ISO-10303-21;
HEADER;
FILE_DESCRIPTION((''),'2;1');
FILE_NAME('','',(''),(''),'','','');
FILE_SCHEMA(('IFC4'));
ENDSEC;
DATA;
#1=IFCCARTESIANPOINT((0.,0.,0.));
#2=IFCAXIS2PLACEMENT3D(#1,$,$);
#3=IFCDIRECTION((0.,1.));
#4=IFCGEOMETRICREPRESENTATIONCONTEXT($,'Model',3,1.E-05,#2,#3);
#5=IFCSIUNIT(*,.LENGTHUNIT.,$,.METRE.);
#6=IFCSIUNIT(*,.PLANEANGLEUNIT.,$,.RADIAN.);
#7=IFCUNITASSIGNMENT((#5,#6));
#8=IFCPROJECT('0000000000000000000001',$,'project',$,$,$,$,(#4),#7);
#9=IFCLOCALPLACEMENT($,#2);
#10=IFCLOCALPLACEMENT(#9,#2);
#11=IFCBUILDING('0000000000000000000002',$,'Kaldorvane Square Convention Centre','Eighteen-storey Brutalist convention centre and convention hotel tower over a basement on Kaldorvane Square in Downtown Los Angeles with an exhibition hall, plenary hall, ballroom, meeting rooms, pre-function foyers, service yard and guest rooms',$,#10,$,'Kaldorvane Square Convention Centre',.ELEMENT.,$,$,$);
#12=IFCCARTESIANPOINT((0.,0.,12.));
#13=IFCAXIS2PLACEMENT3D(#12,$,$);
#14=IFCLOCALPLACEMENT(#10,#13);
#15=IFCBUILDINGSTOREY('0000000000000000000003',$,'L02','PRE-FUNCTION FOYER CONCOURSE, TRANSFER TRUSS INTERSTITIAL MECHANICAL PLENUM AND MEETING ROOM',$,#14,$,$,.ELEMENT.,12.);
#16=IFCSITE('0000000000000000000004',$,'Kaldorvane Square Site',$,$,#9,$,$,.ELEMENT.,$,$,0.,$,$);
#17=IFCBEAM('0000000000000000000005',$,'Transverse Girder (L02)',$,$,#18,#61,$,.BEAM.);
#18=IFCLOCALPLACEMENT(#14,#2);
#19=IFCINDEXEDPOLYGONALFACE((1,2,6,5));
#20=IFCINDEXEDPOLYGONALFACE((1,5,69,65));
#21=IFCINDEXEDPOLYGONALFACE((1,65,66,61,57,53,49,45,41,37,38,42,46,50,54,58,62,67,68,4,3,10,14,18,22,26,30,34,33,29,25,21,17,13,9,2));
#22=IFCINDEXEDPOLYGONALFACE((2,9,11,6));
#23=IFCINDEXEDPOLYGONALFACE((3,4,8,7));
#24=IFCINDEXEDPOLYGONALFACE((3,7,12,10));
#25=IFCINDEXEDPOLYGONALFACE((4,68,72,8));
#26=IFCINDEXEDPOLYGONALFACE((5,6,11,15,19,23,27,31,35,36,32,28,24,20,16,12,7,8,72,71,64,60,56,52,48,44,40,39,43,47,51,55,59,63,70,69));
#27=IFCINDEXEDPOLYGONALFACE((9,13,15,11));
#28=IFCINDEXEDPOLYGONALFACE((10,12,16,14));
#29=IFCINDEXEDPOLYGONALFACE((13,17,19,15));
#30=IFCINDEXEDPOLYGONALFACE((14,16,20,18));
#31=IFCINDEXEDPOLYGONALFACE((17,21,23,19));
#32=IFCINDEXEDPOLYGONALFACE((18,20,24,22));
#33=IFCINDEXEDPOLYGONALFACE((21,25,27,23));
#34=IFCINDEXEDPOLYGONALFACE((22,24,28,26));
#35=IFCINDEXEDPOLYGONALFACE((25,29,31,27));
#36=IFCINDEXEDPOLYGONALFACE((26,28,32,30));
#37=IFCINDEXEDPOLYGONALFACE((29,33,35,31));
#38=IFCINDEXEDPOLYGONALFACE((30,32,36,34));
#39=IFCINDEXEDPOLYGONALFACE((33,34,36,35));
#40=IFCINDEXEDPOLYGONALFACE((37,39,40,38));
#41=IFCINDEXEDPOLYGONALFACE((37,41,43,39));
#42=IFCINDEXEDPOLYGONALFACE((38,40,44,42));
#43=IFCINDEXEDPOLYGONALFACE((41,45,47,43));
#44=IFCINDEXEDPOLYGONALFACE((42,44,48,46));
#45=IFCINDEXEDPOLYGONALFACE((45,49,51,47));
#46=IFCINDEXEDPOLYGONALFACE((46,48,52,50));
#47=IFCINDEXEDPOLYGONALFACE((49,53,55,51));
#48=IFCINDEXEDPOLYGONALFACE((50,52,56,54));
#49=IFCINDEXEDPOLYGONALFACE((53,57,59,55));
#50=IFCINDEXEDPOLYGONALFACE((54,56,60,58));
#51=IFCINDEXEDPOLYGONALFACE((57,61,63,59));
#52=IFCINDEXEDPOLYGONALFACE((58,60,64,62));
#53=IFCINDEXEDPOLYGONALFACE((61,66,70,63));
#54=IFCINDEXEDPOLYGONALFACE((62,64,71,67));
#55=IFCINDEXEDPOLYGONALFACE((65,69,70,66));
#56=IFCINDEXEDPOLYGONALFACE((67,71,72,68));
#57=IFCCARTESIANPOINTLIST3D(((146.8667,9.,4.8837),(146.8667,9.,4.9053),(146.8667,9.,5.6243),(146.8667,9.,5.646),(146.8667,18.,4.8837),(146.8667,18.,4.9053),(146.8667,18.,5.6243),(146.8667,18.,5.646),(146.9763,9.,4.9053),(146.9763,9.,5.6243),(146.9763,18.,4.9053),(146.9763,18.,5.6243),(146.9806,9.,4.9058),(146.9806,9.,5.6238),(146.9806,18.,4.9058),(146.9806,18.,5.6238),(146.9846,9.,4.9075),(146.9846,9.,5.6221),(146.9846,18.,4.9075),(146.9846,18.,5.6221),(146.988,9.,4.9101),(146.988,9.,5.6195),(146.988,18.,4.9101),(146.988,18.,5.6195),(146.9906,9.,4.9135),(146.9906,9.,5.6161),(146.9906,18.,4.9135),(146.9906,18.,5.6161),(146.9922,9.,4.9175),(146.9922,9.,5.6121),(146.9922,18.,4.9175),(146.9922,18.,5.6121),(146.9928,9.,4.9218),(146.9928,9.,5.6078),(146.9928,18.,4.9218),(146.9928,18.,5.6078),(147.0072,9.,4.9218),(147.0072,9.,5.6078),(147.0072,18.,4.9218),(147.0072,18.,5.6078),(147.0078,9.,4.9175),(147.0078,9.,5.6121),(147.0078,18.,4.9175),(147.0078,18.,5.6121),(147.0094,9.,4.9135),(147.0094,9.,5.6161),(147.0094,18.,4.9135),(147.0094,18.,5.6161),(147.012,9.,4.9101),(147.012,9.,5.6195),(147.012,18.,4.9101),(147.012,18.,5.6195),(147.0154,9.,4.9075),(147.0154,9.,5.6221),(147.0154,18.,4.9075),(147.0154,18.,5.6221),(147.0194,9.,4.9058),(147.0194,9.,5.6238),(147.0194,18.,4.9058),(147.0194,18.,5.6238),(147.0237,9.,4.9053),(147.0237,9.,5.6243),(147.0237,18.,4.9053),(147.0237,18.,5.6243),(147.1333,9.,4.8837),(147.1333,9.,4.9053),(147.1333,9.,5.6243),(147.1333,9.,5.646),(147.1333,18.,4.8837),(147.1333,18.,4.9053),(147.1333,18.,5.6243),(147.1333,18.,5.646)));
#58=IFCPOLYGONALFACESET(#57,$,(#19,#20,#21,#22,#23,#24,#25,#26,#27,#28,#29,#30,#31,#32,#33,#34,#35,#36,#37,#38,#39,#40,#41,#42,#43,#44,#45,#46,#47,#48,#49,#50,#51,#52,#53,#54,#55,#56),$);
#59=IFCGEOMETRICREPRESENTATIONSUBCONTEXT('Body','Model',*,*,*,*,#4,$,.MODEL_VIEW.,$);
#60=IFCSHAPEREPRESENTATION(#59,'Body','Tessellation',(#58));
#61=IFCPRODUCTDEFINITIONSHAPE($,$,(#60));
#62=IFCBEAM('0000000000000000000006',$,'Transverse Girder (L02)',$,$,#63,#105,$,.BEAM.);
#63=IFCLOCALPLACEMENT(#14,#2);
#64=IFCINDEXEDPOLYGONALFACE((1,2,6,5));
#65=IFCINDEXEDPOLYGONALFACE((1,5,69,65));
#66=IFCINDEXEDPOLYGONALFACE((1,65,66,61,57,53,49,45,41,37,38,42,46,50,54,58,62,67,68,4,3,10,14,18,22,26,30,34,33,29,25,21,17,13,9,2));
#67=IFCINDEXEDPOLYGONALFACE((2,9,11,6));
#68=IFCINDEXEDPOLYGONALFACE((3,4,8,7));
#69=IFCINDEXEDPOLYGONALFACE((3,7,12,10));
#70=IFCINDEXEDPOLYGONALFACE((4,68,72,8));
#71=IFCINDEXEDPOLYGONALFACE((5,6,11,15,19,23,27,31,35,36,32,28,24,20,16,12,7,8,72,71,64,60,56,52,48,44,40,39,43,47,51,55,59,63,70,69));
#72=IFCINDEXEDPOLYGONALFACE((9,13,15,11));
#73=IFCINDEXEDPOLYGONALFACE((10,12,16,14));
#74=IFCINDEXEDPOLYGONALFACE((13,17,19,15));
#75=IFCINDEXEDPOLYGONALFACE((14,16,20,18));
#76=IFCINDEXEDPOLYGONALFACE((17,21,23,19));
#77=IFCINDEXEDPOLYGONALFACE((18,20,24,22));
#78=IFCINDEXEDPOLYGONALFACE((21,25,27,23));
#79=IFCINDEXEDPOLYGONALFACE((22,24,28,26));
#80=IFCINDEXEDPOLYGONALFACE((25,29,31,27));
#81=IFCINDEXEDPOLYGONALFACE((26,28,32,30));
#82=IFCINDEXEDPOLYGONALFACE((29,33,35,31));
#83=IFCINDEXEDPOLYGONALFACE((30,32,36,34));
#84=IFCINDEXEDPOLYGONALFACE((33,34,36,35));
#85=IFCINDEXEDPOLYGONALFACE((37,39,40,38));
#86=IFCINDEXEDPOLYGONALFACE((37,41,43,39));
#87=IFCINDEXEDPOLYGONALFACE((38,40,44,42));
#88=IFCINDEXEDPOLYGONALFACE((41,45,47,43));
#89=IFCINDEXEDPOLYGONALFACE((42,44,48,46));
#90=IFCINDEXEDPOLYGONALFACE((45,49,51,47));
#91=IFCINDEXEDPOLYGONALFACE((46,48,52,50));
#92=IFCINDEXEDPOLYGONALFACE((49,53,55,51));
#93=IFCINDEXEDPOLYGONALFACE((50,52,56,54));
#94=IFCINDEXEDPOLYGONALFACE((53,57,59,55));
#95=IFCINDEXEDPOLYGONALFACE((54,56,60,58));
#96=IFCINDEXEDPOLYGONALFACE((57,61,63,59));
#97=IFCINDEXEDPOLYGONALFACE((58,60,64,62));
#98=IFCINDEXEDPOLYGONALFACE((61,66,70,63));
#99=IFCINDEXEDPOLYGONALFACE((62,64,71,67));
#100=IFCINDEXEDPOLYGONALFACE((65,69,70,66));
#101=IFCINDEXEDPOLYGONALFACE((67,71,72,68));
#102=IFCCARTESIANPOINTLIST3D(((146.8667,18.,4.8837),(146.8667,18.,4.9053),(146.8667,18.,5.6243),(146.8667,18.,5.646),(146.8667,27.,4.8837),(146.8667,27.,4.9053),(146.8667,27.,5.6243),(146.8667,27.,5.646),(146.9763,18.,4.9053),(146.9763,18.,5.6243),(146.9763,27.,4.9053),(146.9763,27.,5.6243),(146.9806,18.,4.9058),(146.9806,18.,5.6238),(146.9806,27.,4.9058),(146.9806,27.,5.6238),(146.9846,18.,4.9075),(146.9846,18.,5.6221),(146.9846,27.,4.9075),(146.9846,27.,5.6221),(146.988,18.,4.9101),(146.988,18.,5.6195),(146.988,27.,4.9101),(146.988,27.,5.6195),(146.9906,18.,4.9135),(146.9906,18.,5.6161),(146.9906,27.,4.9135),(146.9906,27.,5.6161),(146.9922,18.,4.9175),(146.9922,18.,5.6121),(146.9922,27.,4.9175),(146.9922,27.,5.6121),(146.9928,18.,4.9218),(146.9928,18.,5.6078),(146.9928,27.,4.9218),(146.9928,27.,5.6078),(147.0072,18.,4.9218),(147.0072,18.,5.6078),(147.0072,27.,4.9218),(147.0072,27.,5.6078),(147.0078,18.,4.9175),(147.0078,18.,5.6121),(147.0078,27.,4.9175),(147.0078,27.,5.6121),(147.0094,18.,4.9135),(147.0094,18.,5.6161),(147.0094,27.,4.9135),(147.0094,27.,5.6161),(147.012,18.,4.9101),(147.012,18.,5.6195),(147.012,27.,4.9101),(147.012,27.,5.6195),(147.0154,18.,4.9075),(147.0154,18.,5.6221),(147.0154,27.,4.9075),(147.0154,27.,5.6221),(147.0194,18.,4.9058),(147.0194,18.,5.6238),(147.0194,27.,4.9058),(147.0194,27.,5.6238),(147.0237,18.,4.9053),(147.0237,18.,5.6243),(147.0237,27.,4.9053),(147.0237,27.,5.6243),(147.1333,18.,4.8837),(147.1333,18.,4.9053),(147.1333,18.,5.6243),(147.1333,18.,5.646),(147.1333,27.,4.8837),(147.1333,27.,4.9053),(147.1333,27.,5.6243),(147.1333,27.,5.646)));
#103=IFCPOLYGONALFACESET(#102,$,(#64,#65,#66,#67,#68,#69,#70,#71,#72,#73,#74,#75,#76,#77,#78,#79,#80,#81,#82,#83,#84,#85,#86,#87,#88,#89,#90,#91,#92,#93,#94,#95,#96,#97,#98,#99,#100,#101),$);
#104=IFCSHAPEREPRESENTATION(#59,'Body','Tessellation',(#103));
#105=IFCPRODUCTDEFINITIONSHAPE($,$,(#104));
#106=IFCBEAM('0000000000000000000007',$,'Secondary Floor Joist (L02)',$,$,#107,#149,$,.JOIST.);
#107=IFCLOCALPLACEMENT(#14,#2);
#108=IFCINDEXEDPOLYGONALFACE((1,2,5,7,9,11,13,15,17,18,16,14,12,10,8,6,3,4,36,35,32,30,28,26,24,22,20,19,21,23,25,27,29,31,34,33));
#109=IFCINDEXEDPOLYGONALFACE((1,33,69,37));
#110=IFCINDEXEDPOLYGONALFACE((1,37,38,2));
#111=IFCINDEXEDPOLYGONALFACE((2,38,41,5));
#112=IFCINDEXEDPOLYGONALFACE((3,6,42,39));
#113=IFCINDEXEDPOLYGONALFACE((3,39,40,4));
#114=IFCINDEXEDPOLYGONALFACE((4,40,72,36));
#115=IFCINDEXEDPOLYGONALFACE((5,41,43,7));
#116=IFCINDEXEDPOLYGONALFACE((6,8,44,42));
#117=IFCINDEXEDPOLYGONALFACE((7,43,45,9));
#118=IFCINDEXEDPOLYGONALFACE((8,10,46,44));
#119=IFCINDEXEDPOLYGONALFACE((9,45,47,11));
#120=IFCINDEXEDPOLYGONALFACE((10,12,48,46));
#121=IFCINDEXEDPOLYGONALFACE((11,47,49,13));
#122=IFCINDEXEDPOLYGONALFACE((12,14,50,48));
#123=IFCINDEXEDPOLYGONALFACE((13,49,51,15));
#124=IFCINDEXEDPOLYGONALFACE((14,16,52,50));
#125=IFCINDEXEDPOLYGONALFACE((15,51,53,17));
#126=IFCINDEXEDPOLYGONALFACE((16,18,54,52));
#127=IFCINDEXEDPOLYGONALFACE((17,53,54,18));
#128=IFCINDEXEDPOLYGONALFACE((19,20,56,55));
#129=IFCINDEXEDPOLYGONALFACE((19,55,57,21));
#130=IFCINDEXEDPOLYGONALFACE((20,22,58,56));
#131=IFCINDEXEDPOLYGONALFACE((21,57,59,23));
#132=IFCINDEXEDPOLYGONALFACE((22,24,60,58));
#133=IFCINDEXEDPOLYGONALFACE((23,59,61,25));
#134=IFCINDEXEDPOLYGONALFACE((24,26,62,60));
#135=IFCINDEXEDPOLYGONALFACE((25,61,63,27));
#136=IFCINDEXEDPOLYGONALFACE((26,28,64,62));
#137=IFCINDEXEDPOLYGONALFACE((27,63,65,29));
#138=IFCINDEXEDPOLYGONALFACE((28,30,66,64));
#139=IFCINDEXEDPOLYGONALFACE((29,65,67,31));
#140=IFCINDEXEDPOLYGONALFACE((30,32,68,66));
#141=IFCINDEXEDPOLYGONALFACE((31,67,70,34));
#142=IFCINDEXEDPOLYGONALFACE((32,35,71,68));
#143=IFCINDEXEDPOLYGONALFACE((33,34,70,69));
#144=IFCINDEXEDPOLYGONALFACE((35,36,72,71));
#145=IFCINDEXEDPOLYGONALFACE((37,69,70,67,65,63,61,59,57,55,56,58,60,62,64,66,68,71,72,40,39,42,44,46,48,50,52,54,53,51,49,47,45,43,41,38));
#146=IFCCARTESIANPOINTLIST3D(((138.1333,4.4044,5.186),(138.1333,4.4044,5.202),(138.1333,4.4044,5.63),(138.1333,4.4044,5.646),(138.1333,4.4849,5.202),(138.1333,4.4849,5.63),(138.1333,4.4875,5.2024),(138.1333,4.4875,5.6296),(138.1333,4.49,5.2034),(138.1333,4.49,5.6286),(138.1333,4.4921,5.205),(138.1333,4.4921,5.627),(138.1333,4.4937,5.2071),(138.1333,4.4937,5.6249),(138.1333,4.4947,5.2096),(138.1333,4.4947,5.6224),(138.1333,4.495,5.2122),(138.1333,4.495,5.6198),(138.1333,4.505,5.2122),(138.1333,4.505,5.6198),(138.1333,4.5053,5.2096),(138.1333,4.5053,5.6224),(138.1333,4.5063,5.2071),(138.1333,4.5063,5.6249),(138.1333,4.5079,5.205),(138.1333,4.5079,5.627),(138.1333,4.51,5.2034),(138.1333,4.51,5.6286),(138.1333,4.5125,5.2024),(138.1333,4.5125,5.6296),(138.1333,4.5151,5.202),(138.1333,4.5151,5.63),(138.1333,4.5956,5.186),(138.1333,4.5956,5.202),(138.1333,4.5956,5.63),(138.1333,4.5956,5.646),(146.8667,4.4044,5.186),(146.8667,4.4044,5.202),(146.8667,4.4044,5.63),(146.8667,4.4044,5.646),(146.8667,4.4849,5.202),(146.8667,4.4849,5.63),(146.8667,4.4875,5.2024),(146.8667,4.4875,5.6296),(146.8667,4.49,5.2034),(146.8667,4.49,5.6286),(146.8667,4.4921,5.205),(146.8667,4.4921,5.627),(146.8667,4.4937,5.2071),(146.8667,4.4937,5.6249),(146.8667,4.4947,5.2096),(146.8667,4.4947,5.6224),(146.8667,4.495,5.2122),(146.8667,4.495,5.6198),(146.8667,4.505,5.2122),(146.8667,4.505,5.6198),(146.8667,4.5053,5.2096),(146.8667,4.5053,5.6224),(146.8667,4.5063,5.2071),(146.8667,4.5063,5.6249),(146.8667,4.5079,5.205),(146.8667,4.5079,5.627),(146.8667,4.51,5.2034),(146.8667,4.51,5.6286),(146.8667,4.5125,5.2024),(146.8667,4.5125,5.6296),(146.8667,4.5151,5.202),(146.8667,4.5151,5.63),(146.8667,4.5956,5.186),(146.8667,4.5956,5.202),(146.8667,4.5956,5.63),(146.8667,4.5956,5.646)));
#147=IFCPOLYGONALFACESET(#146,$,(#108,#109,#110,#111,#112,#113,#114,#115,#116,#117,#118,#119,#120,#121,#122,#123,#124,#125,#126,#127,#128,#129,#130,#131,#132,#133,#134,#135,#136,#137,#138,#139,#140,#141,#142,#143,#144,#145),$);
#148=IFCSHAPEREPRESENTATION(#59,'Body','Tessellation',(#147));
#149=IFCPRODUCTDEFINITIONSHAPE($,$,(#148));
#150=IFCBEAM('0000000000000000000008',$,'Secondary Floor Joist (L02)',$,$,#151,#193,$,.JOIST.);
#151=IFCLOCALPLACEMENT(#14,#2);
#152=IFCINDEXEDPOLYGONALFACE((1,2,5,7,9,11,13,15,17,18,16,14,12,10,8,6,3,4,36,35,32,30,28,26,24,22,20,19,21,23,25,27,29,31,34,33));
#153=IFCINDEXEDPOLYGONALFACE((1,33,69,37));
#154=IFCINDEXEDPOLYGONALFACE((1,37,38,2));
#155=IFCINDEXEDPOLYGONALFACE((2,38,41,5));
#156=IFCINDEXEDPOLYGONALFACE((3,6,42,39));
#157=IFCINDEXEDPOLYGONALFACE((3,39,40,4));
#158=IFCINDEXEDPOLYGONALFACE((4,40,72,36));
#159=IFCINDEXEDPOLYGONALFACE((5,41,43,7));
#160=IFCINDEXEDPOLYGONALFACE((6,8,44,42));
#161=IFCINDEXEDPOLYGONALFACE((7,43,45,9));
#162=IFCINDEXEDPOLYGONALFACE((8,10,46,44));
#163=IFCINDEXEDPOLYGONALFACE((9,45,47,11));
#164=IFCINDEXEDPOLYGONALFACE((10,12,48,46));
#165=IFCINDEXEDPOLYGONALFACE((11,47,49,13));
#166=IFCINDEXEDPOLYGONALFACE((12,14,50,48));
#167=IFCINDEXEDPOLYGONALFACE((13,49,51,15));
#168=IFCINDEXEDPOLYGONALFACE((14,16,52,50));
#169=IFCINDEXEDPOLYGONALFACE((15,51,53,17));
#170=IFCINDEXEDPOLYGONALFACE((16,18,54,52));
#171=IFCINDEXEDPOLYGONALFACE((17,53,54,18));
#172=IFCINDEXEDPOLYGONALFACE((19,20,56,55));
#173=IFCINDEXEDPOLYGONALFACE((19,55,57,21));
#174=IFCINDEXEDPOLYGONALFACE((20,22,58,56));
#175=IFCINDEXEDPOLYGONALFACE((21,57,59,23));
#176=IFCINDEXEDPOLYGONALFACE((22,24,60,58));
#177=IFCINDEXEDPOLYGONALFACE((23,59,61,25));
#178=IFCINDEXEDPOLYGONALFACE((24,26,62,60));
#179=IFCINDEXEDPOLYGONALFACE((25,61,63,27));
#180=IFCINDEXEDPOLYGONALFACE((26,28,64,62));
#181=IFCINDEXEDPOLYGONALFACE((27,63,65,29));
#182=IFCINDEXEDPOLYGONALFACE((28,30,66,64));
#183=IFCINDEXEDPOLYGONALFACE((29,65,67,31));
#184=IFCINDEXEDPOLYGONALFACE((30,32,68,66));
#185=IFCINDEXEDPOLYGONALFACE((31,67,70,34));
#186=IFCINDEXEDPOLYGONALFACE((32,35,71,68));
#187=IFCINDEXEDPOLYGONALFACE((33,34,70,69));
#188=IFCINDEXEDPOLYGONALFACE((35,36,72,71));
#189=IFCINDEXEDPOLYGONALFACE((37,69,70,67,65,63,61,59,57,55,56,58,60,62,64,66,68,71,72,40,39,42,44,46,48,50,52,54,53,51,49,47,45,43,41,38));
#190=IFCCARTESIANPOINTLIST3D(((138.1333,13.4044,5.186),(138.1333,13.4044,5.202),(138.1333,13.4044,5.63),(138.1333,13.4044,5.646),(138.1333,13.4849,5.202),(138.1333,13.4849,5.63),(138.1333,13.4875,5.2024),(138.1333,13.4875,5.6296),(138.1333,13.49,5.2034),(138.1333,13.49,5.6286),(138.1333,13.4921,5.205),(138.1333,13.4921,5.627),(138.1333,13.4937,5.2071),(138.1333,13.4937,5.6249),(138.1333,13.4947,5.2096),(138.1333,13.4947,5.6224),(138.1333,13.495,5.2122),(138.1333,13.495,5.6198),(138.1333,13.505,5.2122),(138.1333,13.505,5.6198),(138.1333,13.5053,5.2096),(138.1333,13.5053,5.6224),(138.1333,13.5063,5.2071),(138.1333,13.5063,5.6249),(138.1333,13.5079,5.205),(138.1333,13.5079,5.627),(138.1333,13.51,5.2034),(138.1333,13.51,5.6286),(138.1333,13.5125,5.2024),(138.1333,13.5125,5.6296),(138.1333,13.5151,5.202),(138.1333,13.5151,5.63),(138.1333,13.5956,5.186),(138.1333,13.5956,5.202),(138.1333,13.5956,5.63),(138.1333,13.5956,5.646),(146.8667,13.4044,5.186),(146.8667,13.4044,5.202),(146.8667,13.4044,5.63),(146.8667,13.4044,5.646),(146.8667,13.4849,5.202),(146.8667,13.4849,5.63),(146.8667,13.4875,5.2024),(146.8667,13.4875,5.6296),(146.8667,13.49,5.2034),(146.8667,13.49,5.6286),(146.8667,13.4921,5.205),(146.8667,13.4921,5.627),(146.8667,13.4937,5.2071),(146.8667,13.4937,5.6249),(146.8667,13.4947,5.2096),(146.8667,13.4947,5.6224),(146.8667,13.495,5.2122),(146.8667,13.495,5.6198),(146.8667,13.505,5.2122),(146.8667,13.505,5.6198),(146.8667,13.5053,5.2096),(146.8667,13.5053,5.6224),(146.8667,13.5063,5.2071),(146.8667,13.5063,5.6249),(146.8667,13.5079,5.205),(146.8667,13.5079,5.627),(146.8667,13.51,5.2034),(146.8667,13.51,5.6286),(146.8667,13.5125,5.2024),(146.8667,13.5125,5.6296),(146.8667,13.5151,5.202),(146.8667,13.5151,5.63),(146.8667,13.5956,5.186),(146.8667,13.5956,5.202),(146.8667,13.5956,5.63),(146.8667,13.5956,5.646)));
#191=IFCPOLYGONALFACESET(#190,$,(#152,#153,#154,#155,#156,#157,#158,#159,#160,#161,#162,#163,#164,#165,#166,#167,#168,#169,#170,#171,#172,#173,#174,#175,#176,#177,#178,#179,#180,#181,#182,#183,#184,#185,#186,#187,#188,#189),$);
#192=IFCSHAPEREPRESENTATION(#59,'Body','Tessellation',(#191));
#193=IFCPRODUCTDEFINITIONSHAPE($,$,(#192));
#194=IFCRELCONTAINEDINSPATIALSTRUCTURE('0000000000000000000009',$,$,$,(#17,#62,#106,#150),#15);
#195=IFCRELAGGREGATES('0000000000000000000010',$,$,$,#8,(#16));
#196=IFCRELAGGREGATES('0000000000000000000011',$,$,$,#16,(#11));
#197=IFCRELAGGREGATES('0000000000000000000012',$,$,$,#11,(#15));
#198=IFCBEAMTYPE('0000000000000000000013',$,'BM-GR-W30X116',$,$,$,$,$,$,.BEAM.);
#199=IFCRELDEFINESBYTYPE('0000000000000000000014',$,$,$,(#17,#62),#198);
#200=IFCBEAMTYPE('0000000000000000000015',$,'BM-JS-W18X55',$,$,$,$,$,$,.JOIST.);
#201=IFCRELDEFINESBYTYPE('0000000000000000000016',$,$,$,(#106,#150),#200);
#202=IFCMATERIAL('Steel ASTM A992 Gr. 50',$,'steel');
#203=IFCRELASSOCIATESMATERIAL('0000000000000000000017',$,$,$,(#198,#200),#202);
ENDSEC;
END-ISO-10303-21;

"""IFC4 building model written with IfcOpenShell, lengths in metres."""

from ifc_helpers import new_model, si_unit, direction, frame, origin, origin_2d, place, context, subcontext, project, spatial, i_section, extrude, material, material_profile, profile_set, type_object, element, save


model = new_model("IFC4")

# Units and contexts
model_context = context("Model", 3, precision=1e-05, world=origin(), true_north=direction((0.0, 1.0)))
body_context = subcontext(model_context, "Body", "Model", "MODEL_VIEW")
ifc_project = project(units=[si_unit("LENGTHUNIT", "METRE"), si_unit("PLANEANGLEUNIT", "RADIAN")], contexts=[model_context])

# Site, building, storey
site_placement = place(None, origin())
site = spatial("IfcSite", under=ifc_project, at=site_placement, Name="Kaldorvane Square Site", CompositionType="ELEMENT", RefElevation=0.0)
building_placement = place(site_placement, origin())
building = spatial("IfcBuilding", under=site, at=building_placement, Name="Kaldorvane Square Convention Centre", Description="Eighteen-storey Brutalist convention centre and convention hotel tower over a basement on Kaldorvane Square in Downtown Los Angeles with an exhibition hall, plenary hall, ballroom, meeting rooms, pre-function foyers, service yard and guest rooms", LongName="Kaldorvane Square Convention Centre", CompositionType="ELEMENT")
storey_placement = place(building_placement, frame((0.0, 0.0, 12.0)))
storey = spatial("IfcBuildingStorey", under=building, at=storey_placement, Name="L02", Description="PRE-FUNCTION FOYER CONCOURSE, TRANSFER TRUSS INTERSTITIAL MECHANICAL PLENUM AND MEETING ROOM", CompositionType="ELEMENT", Elevation=12.0)

# Shared definitions
ifc_material_1 = material(Name="Steel ASTM A992 Gr. 50", Category="steel")

# Beams
ifc_material_profile_1 = material_profile(ifc_material_1, i_section(OverallWidth=0.2666, OverallDepth=0.7623, WebThickness=0.0144, FlangeThickness=0.0216, FilletRadius=0.0165, at=origin_2d()), Name="W30X116")
ifc_profile_set_1 = profile_set([ifc_material_profile_1], Name="Steel ASTM A992 Gr. 50")
beam_type_1 = type_object("IfcBeamType", Name="BM-GR-W30X116", PredefinedType="BEAM", material=ifc_profile_set_1)
for number, where, z_axis, x_axis, name in (
    (1, (147.0, 9.0, 5.2648), (0.0, 1.0, 0.0), (-1.0, 0.0, 0.0), "Transverse Girder (L02)"),
    (2, (147.0, 18.0, 5.2648), (0.0, 1.0, 0.0), (-1.0, 0.0, 0.0), "Transverse Girder (L02)"),
):
    element("IfcBeam", number, at=place(storey_placement, frame(where, z_axis=z_axis, x_axis=x_axis)), inside=storey, type_object=beam_type_1, Name=name, PredefinedType="BEAM", context=body_context, shape_type="SweptSolid", body=[
        extrude(i_section(OverallWidth=0.2666, OverallDepth=0.7623, WebThickness=0.0144, FlangeThickness=0.0216, FilletRadius=0.0165, at=origin_2d()), origin(), (0.0, 0.0, 1.0), 9.0),
    ])
ifc_material_profile_2 = material_profile(ifc_material_1, i_section(OverallWidth=0.1913, OverallDepth=0.46, WebThickness=0.0099, FlangeThickness=0.016, FilletRadius=0.0102, at=origin_2d()), Name="W18X55")
ifc_profile_set_2 = profile_set([ifc_material_profile_2], Name="Steel ASTM A992 Gr. 50")
beam_type_2 = type_object("IfcBeamType", Name="BM-JS-W18X55", PredefinedType="JOIST", material=ifc_profile_set_2)
for number, where, z_axis, x_axis, name in (
    (3, (138.1333, 4.5, 5.416), (1.0, 0.0, 0.0), (0.0, 1.0, 0.0), "Secondary Floor Joist (L02)"),
    (4, (138.1333, 13.5, 5.416), (1.0, 0.0, 0.0), (0.0, 1.0, 0.0), "Secondary Floor Joist (L02)"),
):
    element("IfcBeam", number, at=place(storey_placement, frame(where, z_axis=z_axis, x_axis=x_axis)), inside=storey, type_object=beam_type_2, Name=name, PredefinedType="JOIST", context=body_context, shape_type="SweptSolid", body=[
        extrude(i_section(OverallWidth=0.1913, OverallDepth=0.46, WebThickness=0.0099, FlangeThickness=0.016, FilletRadius=0.0102, at=origin_2d()), origin(), (0.0, 0.0, 1.0), 8.7334),
    ])

save(model, "model.ifc")
